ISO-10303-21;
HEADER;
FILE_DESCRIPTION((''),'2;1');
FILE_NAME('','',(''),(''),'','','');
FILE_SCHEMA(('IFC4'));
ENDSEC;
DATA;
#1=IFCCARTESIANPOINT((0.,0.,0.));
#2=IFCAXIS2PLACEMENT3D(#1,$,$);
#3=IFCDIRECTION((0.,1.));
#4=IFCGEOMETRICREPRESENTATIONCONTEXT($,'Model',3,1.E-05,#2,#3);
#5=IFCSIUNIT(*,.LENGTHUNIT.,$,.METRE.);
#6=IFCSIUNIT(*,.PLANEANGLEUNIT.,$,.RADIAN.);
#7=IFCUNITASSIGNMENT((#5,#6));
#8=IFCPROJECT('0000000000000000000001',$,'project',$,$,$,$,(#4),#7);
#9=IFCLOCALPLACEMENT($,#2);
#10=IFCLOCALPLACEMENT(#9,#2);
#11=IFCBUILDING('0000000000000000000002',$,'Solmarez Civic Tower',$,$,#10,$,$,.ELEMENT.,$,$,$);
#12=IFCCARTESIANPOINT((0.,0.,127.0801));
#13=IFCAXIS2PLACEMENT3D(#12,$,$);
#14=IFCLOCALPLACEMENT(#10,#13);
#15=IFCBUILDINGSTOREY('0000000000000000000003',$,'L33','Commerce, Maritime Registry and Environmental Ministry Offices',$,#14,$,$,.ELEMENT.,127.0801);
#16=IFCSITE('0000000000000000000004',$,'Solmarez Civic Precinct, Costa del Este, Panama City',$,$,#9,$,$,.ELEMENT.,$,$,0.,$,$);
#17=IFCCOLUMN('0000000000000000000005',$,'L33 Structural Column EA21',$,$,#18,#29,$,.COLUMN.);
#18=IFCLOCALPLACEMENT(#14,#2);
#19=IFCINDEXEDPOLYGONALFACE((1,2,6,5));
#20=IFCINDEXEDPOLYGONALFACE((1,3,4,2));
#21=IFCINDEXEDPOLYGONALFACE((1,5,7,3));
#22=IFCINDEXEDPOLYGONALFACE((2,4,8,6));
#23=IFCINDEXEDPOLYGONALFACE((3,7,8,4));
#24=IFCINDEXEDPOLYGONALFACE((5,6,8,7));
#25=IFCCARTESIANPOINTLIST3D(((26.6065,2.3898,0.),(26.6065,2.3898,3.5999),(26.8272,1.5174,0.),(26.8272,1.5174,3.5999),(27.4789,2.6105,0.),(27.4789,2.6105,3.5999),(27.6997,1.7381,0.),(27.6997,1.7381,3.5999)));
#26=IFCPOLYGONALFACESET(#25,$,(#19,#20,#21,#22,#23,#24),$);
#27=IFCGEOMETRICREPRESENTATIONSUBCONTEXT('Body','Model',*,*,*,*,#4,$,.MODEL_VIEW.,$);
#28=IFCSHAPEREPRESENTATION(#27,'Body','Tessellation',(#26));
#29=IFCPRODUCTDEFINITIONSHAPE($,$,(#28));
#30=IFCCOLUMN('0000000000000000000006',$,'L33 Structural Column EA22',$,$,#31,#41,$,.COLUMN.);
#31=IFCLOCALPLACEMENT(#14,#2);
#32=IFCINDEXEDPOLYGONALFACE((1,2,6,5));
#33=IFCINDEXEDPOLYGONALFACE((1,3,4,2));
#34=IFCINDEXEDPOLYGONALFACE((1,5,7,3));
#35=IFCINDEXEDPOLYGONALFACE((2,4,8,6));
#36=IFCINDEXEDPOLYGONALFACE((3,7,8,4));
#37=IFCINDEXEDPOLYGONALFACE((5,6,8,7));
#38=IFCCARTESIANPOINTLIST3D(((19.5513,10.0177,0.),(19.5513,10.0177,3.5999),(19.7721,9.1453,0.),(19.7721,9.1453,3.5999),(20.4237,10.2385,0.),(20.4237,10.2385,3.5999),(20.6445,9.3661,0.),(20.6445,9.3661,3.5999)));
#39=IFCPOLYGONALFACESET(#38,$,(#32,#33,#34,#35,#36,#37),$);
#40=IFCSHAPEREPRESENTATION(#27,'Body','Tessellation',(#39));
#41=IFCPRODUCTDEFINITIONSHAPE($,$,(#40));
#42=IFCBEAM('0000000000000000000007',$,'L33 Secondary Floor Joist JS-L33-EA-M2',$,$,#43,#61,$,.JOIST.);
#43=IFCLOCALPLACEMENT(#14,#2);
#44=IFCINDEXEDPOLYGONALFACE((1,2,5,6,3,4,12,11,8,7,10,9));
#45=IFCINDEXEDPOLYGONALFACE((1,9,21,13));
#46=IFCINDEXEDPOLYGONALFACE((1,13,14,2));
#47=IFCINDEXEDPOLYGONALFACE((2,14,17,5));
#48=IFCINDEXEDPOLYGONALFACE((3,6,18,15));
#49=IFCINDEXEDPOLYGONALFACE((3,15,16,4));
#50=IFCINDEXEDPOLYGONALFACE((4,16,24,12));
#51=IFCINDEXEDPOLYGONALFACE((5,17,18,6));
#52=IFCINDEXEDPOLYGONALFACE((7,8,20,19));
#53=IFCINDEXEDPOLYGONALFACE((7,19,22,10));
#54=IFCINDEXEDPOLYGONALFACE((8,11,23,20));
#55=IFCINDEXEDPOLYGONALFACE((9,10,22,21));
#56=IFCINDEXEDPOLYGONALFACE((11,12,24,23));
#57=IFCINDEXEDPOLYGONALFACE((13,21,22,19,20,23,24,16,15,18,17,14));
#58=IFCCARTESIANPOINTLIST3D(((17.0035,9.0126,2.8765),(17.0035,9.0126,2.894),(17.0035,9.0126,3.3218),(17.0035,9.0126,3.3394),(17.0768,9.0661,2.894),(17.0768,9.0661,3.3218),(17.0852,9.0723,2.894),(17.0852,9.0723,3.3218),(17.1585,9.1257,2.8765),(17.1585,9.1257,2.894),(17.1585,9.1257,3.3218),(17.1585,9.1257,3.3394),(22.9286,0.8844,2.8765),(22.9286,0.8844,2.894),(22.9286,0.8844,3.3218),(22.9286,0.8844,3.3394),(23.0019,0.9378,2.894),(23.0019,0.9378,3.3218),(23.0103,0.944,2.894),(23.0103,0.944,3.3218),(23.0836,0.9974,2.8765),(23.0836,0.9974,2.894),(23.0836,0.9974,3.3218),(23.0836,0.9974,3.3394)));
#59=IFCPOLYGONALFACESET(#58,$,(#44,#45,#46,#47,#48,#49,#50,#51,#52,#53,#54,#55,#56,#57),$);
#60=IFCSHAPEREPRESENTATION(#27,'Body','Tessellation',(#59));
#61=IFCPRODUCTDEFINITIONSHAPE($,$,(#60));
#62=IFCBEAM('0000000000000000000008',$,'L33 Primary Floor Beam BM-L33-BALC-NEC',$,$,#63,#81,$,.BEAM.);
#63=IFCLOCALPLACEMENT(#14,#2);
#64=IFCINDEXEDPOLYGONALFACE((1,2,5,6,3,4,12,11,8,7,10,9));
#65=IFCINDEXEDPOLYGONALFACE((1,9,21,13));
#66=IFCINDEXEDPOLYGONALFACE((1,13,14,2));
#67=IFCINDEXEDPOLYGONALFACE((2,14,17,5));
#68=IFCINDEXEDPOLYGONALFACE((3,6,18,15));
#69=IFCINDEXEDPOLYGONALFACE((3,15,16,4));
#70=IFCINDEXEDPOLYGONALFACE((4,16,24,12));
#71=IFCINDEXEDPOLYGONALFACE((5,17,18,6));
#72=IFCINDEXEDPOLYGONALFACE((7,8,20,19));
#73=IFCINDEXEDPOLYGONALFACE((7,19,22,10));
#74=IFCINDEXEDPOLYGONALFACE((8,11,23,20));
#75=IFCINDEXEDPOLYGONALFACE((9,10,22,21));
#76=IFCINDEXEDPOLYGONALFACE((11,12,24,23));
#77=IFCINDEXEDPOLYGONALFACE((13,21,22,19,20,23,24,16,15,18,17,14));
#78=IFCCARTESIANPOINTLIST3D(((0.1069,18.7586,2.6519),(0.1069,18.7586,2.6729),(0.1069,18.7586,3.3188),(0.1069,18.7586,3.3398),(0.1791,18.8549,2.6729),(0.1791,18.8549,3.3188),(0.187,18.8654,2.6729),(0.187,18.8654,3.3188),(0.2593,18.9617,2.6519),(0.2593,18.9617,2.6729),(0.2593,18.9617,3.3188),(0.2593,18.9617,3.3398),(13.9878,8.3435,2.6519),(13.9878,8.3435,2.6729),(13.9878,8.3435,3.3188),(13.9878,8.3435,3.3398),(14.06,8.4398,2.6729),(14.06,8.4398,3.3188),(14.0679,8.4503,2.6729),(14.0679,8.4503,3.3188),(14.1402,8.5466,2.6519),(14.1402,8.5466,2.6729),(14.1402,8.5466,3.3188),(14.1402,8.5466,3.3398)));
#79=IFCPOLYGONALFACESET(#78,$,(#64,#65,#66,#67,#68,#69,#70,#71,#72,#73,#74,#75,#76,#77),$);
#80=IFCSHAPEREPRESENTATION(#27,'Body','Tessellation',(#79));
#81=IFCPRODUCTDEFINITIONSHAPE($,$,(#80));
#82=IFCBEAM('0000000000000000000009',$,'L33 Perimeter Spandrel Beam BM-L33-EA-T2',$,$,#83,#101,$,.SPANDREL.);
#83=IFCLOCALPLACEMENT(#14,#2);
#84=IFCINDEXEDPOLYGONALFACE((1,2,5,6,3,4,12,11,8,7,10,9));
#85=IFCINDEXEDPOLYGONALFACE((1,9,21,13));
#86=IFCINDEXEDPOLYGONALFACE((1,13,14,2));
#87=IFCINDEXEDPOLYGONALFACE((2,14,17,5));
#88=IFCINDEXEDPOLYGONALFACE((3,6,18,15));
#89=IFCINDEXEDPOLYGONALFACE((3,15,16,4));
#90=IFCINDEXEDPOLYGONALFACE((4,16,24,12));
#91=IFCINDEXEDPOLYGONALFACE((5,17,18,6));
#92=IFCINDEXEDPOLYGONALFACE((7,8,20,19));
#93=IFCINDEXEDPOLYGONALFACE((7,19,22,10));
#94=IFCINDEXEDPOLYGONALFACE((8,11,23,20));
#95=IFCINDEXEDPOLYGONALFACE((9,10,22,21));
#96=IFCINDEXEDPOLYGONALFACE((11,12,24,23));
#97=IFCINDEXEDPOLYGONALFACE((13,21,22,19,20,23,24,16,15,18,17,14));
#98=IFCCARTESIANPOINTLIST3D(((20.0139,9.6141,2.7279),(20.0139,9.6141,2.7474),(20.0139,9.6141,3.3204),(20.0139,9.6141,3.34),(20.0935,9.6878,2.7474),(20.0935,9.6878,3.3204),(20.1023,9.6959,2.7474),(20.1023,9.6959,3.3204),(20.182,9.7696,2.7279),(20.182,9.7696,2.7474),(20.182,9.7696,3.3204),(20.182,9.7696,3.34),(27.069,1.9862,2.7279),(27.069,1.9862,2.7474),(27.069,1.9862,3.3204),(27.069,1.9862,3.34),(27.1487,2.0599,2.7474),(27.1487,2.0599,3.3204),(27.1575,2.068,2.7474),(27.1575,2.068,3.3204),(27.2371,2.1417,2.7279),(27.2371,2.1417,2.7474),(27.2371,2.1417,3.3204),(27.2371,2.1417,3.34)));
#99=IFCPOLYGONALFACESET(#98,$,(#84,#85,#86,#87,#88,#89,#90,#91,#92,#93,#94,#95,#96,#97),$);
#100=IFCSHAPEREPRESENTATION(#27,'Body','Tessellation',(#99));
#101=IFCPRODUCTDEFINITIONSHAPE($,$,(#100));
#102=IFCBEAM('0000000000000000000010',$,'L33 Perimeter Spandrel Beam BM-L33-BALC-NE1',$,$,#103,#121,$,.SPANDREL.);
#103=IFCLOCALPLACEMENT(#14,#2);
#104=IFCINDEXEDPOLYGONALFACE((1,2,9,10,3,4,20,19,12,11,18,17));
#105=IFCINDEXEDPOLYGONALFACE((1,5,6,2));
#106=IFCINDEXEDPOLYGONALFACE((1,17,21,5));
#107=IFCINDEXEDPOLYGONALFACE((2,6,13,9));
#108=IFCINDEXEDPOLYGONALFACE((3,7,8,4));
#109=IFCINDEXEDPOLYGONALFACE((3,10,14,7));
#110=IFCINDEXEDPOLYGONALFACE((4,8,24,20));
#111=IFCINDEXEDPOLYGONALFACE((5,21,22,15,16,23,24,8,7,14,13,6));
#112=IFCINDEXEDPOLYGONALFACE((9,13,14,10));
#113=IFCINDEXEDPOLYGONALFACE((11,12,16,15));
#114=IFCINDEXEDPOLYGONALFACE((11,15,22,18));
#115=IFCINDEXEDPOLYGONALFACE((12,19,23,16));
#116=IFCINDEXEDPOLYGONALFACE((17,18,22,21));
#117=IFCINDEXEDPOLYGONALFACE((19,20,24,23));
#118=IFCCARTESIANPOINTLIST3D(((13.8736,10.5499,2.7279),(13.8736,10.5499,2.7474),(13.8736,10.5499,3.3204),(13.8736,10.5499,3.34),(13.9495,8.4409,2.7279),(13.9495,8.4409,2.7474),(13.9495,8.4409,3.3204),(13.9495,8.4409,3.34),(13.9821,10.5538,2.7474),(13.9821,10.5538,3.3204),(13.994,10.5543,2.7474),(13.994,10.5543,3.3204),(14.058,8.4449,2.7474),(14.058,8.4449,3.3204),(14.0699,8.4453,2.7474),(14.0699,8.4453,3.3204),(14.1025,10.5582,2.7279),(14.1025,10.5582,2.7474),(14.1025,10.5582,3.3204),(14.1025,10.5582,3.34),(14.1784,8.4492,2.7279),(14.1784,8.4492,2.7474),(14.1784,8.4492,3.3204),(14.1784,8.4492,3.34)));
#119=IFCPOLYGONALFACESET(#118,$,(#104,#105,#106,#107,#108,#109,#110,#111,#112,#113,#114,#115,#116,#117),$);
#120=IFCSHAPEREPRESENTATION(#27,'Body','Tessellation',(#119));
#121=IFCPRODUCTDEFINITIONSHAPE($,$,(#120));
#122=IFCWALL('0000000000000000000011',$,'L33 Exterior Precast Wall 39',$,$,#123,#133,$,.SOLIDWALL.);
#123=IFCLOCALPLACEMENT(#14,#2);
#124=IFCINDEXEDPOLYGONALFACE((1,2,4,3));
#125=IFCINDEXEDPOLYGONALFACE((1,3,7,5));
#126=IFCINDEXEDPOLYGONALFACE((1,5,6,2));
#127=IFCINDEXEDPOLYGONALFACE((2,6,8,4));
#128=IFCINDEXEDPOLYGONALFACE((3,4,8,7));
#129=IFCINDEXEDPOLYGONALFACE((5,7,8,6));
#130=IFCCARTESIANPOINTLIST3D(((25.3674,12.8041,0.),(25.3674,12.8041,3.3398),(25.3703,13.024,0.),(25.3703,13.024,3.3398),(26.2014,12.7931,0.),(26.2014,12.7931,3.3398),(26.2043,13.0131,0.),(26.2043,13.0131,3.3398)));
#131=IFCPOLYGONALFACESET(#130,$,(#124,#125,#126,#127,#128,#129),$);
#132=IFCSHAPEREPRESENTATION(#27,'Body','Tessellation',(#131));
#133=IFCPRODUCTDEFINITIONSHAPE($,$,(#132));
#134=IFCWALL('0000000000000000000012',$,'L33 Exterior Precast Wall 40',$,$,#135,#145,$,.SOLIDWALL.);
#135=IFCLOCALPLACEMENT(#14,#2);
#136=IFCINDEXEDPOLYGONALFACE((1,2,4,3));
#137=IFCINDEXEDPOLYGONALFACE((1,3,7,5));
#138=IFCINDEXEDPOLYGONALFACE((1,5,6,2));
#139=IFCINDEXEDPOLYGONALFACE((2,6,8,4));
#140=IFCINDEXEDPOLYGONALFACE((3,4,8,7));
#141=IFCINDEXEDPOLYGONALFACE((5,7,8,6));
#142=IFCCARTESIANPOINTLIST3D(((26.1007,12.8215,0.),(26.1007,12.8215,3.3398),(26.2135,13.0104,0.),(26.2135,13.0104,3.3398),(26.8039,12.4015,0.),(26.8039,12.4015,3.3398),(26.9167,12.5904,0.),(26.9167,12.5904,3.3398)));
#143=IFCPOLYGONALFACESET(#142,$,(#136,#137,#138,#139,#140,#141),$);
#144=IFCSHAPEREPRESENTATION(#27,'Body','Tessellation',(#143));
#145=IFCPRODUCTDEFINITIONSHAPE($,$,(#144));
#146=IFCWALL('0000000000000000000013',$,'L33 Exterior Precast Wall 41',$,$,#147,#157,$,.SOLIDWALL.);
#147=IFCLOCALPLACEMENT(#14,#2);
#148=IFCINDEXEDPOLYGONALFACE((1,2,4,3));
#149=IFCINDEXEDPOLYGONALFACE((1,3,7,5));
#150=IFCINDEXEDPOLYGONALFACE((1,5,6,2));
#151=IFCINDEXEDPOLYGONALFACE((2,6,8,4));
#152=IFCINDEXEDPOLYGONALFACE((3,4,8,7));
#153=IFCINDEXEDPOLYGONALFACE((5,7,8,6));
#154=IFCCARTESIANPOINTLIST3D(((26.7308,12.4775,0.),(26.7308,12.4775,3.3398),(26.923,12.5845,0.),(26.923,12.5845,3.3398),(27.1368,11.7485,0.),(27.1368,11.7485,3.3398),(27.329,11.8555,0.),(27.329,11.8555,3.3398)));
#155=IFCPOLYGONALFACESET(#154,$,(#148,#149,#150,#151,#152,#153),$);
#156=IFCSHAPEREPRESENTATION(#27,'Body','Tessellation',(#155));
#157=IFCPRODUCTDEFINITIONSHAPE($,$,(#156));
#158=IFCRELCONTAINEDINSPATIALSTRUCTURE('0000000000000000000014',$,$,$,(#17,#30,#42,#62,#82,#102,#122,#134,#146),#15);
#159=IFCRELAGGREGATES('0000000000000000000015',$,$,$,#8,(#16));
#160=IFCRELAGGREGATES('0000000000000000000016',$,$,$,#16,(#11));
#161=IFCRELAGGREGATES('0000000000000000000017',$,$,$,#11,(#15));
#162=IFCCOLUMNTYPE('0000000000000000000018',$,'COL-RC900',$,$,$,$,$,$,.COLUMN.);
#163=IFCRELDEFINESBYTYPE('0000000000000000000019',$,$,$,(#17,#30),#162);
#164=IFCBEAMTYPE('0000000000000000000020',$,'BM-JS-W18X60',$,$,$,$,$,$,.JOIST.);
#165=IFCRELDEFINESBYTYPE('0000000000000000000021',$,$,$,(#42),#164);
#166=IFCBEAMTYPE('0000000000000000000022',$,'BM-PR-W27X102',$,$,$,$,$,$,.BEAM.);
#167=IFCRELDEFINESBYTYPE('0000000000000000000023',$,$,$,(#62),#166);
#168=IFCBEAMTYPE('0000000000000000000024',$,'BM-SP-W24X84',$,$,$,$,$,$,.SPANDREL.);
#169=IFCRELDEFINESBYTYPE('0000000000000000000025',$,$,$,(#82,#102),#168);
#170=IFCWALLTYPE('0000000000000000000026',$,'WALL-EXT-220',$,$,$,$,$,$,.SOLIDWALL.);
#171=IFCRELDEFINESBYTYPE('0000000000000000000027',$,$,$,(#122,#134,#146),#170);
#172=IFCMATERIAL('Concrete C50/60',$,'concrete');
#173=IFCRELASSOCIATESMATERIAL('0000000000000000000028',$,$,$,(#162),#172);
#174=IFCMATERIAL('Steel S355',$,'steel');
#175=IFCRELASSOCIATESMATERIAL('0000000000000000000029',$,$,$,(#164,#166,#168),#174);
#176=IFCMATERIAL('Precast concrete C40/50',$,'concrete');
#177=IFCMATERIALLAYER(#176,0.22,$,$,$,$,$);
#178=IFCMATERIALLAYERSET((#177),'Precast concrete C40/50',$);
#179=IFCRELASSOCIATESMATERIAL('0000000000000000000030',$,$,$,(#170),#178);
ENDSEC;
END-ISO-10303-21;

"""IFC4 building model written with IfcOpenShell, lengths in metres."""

from ifc_helpers import new_model, si_unit, direction, frame, frame_2d, origin, origin_2d, place, context, subcontext, project, spatial, rectangle, i_section, extrude, material, layer, layer_set, material_profile, profile_set, type_object, element, save


model = new_model("IFC4")

# Units and contexts
model_context = context("Model", 3, precision=1e-05, world=origin(), true_north=direction((0.0, 1.0)))
body_context = subcontext(model_context, "Body", "Model", "MODEL_VIEW")
ifc_project = project(units=[si_unit("LENGTHUNIT", "METRE"), si_unit("PLANEANGLEUNIT", "RADIAN")], contexts=[model_context])

# Site, building, storey
site_placement = place(None, origin())
site = spatial("IfcSite", under=ifc_project, at=site_placement, Name="Solmarez Civic Precinct, Costa del Este, Panama City", CompositionType="ELEMENT", RefElevation=0.0)
building_placement = place(site_placement, origin())
building = spatial("IfcBuilding", under=site, at=building_placement, Name="Solmarez Civic Tower", CompositionType="ELEMENT")
storey_placement = place(building_placement, frame((0.0, 0.0, 127.0801)))
storey = spatial("IfcBuildingStorey", under=building, at=storey_placement, Name="L33", Description="Commerce, Maritime Registry and Environmental Ministry Offices", CompositionType="ELEMENT", Elevation=127.0801)

# Columns
ifc_material_1 = material(Name="Concrete C50/60", Category="concrete")
ifc_material_profile_1 = material_profile(ifc_material_1, rectangle(XDim=0.8999, YDim=0.8999, at=origin_2d()), Name="RC900X900")
ifc_profile_set_1 = profile_set([ifc_material_profile_1], Name="Concrete C50/60")
column_type = type_object("IfcColumnType", Name="COL-RC900", PredefinedType="COLUMN", material=ifc_profile_set_1)
for number, where, z_axis, x_axis, name in (
    (1, (27.1531, 2.064, 0.0), (0.0, 0.0, 1.0), (0.969445, 0.245307, 0.0), "L33 Structural Column EA21"),
    (2, (20.0979, 9.6919, 0.0), (0.0, 0.0, 1.0), (0.969445, 0.245307, 0.0), "L33 Structural Column EA22"),
):
    element("IfcColumn", number, at=place(storey_placement, frame(where, z_axis=z_axis, x_axis=x_axis)), inside=storey, type_object=column_type, Name=name, PredefinedType="COLUMN", context=body_context, shape_type="SweptSolid", body=[
        extrude(rectangle(XDim=0.8999, YDim=0.8999, at=origin_2d()), origin(), (0.0, 0.0, 1.0), 3.5999),
    ])

# Beams
ifc_material_2 = material(Name="Steel S355", Category="steel")
ifc_material_profile_2 = material_profile(ifc_material_2, i_section(OverallWidth=0.1919, OverallDepth=0.4629, WebThickness=0.0105, FlangeThickness=0.0176, at=origin_2d()), Name="W18X60")
ifc_profile_set_2 = profile_set([ifc_material_profile_2], Name="Steel S355")
beam_type_1 = type_object("IfcBeamType", Name="BM-JS-W18X60", PredefinedType="JOIST", material=ifc_profile_set_2)
beam_1_placement = place(storey_placement, frame((23.0061, 0.9409, 3.1079), z_axis=(-0.589059, 0.80809, 0.0), x_axis=(-0.80809, -0.589059, 0.0)))
element("IfcBeam", 3, at=beam_1_placement, inside=storey, type_object=beam_type_1, Name="L33 Secondary Floor Joist JS-L33-EA-M2", PredefinedType="JOIST", context=body_context, shape_type="SweptSolid", body=[
    extrude(i_section(OverallWidth=0.1919, OverallDepth=0.4629, WebThickness=0.0105, FlangeThickness=0.0176, at=origin_2d()), origin(), (0.0, 0.0, 1.0), 10.0586),
])
ifc_material_profile_3 = material_profile(ifc_material_2, i_section(OverallWidth=0.2539, OverallDepth=0.688, WebThickness=0.0132, FlangeThickness=0.021, at=origin_2d()), Name="W27X102")
ifc_profile_set_3 = profile_set([ifc_material_profile_3], Name="Steel S355")
beam_type_2 = type_object("IfcBeamType", Name="BM-PR-W27X102", PredefinedType="BEAM", material=ifc_profile_set_3)
beam_2_placement = place(storey_placement, frame((14.064, 8.4451, 2.9958), z_axis=(-0.799878, 0.600162, 0.0), x_axis=(-0.600162, -0.799878, 0.0)))
element("IfcBeam", 4, at=beam_2_placement, inside=storey, type_object=beam_type_2, Name="L33 Primary Floor Beam BM-L33-BALC-NEC", PredefinedType="BEAM", context=body_context, shape_type="SweptSolid", body=[
    extrude(i_section(OverallWidth=0.2539, OverallDepth=0.688, WebThickness=0.0132, FlangeThickness=0.021, at=origin_2d()), origin(), (0.0, 0.0, 1.0), 17.3538),
])
ifc_material_profile_4 = material_profile(ifc_material_2, i_section(OverallWidth=0.229, OverallDepth=0.6121, WebThickness=0.012, FlangeThickness=0.0195, at=origin_2d()), Name="W24X84")
ifc_profile_set_4 = profile_set([ifc_material_profile_4], Name="Steel S355")
beam_type_3 = type_object("IfcBeamType", Name="BM-SP-W24X84", PredefinedType="SPANDREL", material=ifc_profile_set_4)
beam_3_placement = place(storey_placement, frame((27.1531, 2.064, 3.0339), z_axis=(-0.679008, 0.734131, 0.0), x_axis=(-0.734131, -0.679008, 0.0)))
element("IfcBeam", 5, at=beam_3_placement, inside=storey, type_object=beam_type_3, Name="L33 Perimeter Spandrel Beam BM-L33-EA-T2", PredefinedType="SPANDREL", context=body_context, shape_type="SweptSolid", body=[
    extrude(i_section(OverallWidth=0.229, OverallDepth=0.6121, WebThickness=0.012, FlangeThickness=0.0195, at=origin_2d()), origin(), (0.0, 0.0, 1.0), 10.3904),
])
beam_4_placement = place(storey_placement, frame((14.064, 8.4451, 3.0339), z_axis=(-0.03598, 0.999352, 0.0), x_axis=(-0.999352, -0.03598, 0.0)))
element("IfcBeam", 6, at=beam_4_placement, inside=storey, type_object=beam_type_3, Name="L33 Perimeter Spandrel Beam BM-L33-BALC-NE1", PredefinedType="SPANDREL", context=body_context, shape_type="SweptSolid", body=[
    extrude(i_section(OverallWidth=0.229, OverallDepth=0.6121, WebThickness=0.012, FlangeThickness=0.0195, at=origin_2d()), origin(), (0.0, 0.0, 1.0), 2.1104),
])

# Walls
ifc_material_3 = material(Name="Precast concrete C40/50", Category="concrete")
ifc_layer_1 = layer(ifc_material_3, 0.22)
ifc_layer_set_1 = layer_set([ifc_layer_1], Name="Precast concrete C40/50")
wall_type_1 = type_object("IfcWallType", Name="WALL-EXT-220", PredefinedType="SOLIDWALL", material=ifc_layer_set_1)
wall_1_placement = place(storey_placement, frame((25.3689, 12.9141, 0.0), z_axis=(0.0, 0.0, 1.0), x_axis=(0.999913, -0.013172, 0.0)))
element("IfcWall", 7, at=wall_1_placement, inside=storey, type_object=wall_type_1, Name="L33 Exterior Precast Wall 39", PredefinedType="SOLIDWALL", context=body_context, shape_type="SweptSolid", body=[
    extrude(rectangle(XDim=0.834, YDim=0.22, at=frame_2d((0.417, 0.0))), origin(), (0.0, 0.0, 1.0), 3.3398),
])
wall_2_placement = place(storey_placement, frame((26.157, 12.916, 0.0), z_axis=(0.0, 0.0, 1.0), x_axis=(0.858543, -0.512741, 0.0)))
element("IfcWall", 8, at=wall_2_placement, inside=storey, type_object=wall_type_1, Name="L33 Exterior Precast Wall 40", PredefinedType="SOLIDWALL", context=body_context, shape_type="SweptSolid", body=[
    extrude(rectangle(XDim=0.8191, YDim=0.22, at=frame_2d((0.4097, 0.0))), origin(), (0.0, 0.0, 1.0), 3.3398),
])
wall_3_placement = place(storey_placement, frame((26.8269, 12.531, 0.0), z_axis=(0.0, 0.0, 1.0), x_axis=(0.486562, -0.873646, 0.0)))
element("IfcWall", 9, at=wall_3_placement, inside=storey, type_object=wall_type_1, Name="L33 Exterior Precast Wall 41", PredefinedType="SOLIDWALL", context=body_context, shape_type="SweptSolid", body=[
    extrude(rectangle(XDim=0.8345, YDim=0.22, at=frame_2d((0.4172, 0.0))), origin(), (0.0, 0.0, 1.0), 3.3398),
])

save(model, "model.ifc")
